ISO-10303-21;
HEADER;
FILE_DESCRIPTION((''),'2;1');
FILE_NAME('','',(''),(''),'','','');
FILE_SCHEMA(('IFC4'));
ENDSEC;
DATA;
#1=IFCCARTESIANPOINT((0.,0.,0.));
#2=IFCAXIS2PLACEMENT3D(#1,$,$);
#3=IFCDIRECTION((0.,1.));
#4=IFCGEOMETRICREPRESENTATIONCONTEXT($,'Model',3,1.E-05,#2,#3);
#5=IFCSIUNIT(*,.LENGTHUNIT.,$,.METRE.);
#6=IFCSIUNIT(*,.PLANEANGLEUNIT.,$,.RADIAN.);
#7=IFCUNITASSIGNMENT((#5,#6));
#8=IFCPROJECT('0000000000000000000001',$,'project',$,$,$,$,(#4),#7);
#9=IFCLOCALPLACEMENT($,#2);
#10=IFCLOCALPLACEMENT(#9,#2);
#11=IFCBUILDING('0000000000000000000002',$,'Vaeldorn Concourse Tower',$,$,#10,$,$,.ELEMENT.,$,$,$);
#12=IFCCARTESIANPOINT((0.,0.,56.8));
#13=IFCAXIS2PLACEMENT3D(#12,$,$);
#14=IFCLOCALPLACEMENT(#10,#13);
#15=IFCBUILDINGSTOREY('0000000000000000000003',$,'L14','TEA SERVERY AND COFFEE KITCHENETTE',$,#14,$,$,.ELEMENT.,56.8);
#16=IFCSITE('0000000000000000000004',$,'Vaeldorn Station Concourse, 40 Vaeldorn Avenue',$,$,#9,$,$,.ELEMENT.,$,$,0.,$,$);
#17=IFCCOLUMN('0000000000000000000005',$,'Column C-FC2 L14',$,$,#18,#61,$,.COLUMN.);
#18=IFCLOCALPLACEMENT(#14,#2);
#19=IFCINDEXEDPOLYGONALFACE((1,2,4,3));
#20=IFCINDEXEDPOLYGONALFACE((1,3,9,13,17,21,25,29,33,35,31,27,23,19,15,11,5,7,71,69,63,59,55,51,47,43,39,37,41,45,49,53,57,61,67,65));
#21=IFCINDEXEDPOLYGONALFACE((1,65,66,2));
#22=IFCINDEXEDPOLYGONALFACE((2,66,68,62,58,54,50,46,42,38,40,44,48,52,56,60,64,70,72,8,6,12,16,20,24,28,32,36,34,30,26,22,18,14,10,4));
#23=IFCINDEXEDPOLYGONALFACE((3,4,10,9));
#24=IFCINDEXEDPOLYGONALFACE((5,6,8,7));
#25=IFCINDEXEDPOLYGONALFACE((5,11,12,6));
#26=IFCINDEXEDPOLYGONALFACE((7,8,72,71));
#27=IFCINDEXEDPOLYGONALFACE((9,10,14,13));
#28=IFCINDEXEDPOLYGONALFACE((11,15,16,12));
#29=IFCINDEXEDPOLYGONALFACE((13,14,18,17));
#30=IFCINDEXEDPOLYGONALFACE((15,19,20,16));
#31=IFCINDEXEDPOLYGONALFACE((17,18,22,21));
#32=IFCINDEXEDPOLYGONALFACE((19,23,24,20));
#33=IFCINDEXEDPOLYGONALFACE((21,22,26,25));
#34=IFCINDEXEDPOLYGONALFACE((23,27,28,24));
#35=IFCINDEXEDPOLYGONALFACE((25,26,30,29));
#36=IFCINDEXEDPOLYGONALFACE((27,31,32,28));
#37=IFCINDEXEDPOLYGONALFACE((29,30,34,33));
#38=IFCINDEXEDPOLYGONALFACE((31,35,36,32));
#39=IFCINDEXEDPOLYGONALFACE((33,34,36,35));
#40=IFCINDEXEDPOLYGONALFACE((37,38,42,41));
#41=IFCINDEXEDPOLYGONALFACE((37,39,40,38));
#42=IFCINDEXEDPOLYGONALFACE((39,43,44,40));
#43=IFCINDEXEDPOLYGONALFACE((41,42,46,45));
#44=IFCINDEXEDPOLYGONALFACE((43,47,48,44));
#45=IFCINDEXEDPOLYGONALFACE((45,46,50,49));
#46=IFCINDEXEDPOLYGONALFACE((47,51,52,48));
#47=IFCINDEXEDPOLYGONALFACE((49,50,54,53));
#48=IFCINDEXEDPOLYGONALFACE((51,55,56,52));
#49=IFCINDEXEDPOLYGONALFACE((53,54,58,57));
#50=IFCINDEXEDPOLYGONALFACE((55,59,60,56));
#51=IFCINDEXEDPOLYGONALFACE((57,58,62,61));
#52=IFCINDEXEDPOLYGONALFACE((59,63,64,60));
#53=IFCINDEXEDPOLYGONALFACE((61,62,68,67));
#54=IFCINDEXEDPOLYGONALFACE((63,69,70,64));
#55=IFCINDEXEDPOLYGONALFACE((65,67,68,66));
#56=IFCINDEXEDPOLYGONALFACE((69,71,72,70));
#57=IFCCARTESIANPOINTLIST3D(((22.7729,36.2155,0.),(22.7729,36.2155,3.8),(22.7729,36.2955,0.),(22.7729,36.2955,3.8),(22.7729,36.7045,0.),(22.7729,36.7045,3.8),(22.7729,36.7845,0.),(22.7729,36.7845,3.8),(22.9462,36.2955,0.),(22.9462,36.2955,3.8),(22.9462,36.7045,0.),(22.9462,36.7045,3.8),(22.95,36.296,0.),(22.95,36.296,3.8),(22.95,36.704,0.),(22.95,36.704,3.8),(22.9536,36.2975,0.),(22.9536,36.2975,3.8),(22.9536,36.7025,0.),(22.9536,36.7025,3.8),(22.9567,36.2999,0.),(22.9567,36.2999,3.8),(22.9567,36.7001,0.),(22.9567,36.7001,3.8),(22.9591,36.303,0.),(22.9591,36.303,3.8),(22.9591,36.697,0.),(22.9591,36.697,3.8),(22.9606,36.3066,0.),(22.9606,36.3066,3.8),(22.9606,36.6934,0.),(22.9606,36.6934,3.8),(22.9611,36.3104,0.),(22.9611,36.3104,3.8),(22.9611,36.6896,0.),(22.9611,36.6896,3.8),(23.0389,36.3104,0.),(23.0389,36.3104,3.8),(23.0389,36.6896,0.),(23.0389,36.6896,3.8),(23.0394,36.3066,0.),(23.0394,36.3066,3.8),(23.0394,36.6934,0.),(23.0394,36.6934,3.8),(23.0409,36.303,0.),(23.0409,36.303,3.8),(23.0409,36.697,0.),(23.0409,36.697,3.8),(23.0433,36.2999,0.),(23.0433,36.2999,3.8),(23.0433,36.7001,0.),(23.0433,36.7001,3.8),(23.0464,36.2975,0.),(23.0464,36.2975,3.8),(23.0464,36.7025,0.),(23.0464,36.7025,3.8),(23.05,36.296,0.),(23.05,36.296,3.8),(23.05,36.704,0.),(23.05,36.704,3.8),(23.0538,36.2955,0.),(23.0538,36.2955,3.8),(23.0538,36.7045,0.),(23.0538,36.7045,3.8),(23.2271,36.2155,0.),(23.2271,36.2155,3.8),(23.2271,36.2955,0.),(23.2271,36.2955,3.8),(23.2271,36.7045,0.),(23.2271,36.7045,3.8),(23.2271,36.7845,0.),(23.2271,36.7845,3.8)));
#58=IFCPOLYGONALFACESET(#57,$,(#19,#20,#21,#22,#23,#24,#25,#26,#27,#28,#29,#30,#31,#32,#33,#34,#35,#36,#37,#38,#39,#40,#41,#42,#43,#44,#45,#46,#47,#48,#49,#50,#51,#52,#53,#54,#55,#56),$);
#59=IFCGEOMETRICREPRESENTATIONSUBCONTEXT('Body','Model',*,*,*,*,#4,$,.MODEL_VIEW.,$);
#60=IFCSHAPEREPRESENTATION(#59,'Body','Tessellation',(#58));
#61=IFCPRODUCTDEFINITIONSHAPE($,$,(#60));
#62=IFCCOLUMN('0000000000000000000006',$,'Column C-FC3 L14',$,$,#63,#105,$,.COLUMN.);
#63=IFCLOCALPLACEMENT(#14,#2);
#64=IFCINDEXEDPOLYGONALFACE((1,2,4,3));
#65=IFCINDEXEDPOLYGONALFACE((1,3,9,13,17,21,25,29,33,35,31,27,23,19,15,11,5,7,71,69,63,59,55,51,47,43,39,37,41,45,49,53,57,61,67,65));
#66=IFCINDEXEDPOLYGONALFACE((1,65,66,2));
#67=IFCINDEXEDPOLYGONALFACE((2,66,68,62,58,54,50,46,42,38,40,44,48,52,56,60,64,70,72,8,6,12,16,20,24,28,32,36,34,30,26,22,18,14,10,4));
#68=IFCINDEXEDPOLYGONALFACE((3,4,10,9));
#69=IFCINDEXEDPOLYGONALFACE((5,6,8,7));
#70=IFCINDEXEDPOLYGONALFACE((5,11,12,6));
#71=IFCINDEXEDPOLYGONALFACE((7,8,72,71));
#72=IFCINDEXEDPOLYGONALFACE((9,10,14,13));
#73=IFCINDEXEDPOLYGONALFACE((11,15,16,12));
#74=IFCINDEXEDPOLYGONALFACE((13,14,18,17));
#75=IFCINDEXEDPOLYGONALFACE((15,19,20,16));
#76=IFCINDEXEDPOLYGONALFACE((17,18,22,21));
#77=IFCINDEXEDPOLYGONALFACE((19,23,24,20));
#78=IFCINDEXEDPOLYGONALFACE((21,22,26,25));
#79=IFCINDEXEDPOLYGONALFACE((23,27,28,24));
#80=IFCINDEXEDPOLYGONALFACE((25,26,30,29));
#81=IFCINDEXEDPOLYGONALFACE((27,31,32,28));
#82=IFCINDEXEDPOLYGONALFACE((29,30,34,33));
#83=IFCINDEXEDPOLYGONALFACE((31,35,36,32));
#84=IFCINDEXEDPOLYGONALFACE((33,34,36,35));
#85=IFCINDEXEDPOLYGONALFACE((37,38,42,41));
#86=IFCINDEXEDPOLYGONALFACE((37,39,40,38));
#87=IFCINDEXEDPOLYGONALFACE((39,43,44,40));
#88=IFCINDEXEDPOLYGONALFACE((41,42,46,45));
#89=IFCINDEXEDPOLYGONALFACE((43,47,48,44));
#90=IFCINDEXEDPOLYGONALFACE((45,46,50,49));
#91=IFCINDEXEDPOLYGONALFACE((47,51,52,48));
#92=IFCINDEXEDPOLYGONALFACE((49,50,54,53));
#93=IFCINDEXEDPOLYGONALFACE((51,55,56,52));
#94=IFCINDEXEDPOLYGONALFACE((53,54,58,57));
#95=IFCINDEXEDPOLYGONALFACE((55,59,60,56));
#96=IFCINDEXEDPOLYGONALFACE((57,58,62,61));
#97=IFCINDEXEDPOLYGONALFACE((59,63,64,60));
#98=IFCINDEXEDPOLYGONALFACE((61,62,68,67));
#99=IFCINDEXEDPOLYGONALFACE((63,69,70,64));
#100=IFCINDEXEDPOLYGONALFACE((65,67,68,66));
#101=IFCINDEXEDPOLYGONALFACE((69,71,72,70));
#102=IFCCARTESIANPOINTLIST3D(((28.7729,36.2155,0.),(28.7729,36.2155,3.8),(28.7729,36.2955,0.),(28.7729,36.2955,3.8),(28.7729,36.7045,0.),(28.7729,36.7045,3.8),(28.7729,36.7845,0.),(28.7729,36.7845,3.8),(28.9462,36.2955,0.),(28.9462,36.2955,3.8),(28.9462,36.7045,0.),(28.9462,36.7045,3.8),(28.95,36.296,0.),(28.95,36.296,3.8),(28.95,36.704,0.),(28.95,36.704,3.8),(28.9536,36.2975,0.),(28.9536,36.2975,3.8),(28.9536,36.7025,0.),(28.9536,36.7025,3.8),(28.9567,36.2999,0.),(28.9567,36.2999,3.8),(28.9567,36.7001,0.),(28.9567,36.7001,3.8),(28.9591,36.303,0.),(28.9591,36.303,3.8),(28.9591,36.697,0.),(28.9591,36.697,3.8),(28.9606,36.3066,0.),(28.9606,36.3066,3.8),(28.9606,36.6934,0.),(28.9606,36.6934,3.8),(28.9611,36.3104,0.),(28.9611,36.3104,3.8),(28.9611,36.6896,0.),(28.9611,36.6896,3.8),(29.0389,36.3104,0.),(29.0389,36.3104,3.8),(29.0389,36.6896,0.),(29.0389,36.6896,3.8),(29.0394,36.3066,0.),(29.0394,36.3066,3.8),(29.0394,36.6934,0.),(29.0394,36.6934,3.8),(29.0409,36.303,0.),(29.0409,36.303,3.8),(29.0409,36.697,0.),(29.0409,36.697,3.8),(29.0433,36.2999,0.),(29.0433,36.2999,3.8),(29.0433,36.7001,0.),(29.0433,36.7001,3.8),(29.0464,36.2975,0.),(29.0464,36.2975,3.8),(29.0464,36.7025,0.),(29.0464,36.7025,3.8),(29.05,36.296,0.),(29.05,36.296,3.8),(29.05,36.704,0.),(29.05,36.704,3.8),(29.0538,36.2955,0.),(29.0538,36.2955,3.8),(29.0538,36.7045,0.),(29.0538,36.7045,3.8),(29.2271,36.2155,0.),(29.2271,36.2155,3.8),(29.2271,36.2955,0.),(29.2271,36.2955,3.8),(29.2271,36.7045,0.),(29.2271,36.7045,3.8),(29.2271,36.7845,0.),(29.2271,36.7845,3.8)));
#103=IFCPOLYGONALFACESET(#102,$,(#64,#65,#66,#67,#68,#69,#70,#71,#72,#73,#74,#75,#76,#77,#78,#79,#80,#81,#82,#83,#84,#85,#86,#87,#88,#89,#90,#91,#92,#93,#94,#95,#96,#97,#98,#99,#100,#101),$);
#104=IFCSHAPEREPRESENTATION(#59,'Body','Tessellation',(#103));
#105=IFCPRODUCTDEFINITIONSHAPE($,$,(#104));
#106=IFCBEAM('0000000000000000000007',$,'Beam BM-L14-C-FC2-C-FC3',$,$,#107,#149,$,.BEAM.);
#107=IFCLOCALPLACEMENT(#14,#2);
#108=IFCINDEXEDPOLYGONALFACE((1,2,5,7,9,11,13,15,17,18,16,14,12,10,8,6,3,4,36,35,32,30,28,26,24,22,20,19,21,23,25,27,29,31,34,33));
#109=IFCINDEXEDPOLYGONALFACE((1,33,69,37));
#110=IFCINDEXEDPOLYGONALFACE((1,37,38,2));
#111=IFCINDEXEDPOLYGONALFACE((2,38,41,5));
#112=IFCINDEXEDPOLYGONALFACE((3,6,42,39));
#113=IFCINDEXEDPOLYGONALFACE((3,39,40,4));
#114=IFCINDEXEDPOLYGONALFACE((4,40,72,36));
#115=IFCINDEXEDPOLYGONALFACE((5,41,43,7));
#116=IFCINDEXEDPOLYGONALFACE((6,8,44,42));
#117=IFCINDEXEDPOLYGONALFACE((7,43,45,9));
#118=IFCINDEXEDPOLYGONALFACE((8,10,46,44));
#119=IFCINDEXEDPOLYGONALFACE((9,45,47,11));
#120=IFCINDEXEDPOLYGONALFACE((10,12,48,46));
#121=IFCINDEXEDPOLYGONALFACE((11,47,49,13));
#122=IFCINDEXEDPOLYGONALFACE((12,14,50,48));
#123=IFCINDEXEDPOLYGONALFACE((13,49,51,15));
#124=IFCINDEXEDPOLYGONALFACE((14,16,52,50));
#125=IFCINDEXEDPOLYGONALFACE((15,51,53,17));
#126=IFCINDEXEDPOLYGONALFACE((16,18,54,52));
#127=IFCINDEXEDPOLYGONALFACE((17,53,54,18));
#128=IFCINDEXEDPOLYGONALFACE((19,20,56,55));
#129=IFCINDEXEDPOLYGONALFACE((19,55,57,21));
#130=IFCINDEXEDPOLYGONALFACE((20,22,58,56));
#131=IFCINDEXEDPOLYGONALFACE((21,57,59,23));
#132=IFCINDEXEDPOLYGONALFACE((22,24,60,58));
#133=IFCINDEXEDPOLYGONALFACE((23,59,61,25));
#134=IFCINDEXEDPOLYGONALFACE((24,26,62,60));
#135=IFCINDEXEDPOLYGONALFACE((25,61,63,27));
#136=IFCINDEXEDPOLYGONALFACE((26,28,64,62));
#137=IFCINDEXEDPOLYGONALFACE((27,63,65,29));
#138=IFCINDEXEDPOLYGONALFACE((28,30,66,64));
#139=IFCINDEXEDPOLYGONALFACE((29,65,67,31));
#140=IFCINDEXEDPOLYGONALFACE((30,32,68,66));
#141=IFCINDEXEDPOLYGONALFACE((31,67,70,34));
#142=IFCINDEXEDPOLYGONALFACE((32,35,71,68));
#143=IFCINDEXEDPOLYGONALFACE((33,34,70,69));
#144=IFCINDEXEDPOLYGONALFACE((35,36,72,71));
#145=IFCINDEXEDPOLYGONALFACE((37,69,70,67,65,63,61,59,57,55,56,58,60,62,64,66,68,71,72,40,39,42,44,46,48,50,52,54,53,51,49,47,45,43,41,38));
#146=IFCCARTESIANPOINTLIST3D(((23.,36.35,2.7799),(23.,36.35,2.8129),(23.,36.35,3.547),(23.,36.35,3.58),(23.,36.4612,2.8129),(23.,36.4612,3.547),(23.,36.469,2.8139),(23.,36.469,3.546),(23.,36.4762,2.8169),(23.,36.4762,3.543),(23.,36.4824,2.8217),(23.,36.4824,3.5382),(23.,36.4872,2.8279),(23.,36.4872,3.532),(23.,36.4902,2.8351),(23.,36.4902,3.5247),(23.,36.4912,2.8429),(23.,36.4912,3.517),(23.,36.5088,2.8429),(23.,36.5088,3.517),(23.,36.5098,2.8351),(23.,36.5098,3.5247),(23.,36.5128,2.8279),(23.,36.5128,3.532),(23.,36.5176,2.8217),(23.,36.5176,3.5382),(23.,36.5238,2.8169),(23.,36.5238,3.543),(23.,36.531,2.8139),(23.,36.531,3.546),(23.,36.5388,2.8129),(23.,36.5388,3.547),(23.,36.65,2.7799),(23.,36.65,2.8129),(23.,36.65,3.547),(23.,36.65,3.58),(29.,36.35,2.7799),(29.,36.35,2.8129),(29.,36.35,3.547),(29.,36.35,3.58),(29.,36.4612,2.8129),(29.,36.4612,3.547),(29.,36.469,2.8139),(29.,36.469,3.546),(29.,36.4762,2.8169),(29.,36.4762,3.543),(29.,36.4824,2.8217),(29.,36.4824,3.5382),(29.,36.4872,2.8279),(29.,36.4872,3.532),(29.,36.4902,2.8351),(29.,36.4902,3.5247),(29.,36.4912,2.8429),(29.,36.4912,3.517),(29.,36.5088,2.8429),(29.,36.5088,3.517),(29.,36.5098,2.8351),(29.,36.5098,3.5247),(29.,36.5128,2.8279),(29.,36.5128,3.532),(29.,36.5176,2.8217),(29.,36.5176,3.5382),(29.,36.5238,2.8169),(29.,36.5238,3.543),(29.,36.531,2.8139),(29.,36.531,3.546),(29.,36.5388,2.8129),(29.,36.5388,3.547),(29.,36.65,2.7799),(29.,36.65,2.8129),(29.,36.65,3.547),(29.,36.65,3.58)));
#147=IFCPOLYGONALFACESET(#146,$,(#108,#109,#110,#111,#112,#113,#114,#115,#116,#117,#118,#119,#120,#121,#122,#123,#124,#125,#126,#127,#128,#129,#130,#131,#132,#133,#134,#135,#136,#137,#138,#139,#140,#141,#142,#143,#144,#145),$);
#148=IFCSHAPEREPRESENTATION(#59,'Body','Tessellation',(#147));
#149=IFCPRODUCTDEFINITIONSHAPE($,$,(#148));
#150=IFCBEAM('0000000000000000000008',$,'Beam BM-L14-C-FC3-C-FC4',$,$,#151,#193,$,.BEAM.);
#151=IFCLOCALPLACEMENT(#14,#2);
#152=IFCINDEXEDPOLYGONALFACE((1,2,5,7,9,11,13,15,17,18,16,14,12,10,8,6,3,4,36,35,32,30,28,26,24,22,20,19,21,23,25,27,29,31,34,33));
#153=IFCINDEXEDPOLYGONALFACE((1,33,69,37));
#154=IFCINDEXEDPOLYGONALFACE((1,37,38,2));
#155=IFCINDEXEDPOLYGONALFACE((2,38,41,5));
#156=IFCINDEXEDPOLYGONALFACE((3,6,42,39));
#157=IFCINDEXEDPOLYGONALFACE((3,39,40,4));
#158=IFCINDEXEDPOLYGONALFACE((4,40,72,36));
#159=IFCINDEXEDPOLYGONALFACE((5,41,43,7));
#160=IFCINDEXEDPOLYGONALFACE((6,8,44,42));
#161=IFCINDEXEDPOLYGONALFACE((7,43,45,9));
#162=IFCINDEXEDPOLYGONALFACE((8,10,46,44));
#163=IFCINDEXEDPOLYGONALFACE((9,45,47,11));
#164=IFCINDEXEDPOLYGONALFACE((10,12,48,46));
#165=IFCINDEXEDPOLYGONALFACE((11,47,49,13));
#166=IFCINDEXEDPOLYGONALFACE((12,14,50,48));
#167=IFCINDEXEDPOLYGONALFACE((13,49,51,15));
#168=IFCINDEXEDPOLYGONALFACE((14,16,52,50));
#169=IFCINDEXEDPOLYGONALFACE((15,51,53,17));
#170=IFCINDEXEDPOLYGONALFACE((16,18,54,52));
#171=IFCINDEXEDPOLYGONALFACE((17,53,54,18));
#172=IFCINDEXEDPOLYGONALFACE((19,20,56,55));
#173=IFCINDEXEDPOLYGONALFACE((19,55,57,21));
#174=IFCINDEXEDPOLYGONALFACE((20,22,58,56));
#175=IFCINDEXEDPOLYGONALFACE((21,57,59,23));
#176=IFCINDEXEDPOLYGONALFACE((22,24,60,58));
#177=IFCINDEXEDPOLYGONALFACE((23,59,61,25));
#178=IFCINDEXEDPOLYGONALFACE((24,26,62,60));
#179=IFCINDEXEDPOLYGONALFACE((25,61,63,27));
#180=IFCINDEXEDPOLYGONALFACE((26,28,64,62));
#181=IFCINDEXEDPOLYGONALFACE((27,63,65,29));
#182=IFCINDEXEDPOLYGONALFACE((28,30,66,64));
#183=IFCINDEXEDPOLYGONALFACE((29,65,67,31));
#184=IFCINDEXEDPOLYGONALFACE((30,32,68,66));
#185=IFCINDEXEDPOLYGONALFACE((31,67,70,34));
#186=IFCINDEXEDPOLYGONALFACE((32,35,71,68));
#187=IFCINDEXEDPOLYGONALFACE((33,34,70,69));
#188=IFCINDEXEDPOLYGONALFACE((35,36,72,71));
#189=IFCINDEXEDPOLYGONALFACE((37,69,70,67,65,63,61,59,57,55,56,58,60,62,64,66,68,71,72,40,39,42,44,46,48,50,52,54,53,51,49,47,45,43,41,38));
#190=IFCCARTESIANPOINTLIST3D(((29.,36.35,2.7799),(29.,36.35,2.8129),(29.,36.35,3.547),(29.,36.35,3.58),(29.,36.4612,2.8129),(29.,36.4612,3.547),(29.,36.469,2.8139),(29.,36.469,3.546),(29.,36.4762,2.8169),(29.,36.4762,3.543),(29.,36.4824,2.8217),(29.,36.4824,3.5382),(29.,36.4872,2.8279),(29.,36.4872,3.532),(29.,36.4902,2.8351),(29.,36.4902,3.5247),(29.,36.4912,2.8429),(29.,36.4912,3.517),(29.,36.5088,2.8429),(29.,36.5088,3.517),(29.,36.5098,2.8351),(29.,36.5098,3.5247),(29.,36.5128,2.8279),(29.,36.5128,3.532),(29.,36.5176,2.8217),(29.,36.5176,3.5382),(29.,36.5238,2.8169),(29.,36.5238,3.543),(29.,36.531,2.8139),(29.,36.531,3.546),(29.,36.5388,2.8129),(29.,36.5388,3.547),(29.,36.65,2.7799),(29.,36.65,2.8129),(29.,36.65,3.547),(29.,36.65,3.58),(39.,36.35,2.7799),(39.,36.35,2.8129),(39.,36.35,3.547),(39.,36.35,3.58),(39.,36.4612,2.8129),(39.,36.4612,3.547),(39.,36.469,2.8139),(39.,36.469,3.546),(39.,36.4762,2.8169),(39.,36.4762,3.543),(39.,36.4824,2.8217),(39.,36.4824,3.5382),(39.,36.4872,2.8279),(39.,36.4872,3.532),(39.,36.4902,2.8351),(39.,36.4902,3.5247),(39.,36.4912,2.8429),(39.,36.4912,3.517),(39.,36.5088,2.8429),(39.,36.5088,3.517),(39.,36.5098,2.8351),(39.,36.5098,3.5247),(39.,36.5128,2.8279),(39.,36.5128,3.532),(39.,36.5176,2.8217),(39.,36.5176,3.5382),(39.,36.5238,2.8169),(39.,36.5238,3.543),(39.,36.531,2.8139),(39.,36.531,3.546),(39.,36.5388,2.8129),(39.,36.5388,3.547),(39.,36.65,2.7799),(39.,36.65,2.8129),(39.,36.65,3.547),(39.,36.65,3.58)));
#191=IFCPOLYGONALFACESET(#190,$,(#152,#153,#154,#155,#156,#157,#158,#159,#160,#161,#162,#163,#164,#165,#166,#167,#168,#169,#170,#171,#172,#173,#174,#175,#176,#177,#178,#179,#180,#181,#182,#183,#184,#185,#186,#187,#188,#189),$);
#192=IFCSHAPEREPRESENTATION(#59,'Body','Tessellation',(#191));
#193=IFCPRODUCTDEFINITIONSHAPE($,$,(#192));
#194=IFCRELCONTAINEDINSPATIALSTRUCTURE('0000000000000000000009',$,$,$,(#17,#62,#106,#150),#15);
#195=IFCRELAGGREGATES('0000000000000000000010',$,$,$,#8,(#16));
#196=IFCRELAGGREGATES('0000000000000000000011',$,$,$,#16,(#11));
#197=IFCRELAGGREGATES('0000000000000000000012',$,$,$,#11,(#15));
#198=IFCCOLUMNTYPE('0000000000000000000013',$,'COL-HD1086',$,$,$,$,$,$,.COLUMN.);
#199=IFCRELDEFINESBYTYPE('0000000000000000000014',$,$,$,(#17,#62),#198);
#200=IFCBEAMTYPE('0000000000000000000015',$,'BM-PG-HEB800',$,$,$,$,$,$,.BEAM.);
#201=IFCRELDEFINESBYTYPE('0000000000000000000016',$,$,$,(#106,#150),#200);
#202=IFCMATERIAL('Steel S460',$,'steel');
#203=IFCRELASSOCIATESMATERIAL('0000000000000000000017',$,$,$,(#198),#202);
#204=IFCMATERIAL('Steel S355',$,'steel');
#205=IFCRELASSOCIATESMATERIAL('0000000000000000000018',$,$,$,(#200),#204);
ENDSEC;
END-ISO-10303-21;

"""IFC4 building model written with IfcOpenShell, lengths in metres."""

from ifc_helpers import new_model, si_unit, direction, frame, origin, origin_2d, place, context, subcontext, project, spatial, i_section, extrude, source, transform, mapped, material, material_profile, profile_set, type_object, element, save


model = new_model("IFC4")

# Units and contexts
model_context = context("Model", 3, precision=1e-05, world=origin(), true_north=direction((0.0, 1.0)))
body_context = subcontext(model_context, "Body", "Model", "MODEL_VIEW")
ifc_project = project(units=[si_unit("LENGTHUNIT", "METRE"), si_unit("PLANEANGLEUNIT", "RADIAN")], contexts=[model_context])

# Site, building, storey
site_placement = place(None, origin())
site = spatial("IfcSite", under=ifc_project, at=site_placement, Name="Vaeldorn Station Concourse, 40 Vaeldorn Avenue", CompositionType="ELEMENT", RefElevation=0.0)
building_placement = place(site_placement, origin())
building = spatial("IfcBuilding", under=site, at=building_placement, Name="Vaeldorn Concourse Tower", CompositionType="ELEMENT")
storey_placement = place(building_placement, frame((0.0, 0.0, 56.8)))
storey = spatial("IfcBuildingStorey", under=building, at=storey_placement, Name="L14", Description="TEA SERVERY AND COFFEE KITCHENETTE", CompositionType="ELEMENT", Elevation=56.8)

# Columns
ifc_material_1 = material(Name="Steel S460", Category="steel")
ifc_material_profile_1 = material_profile(ifc_material_1, i_section(OverallWidth=0.4541, OverallDepth=0.5691, WebThickness=0.0779, FlangeThickness=0.0801, FilletRadius=0.0149, at=origin_2d()), Name="HD 400x1086")
ifc_profile_set_1 = profile_set([ifc_material_profile_1], Name="Steel S460")
column_type = type_object("IfcColumnType", Name="COL-HD1086", PredefinedType="COLUMN", material=ifc_profile_set_1)
shared_shape_1 = source(origin(), body_context, "Body", "SweptSolid", [
    extrude(i_section(OverallWidth=0.4541, OverallDepth=0.5691, WebThickness=0.0779, FlangeThickness=0.0801, FilletRadius=0.0149, at=origin_2d()), origin(), (0.0, 0.0, 1.0), 3.8),
])
for number, where, z_axis, x_axis, name in (
    (1, (23.0, 36.5, 0.0), (0.0, 0.0, 1.0), (1.0, 0.0, 0.0), "Column C-FC2 L14"),
    (2, (29.0, 36.5, 0.0), (0.0, 0.0, 1.0), (1.0, 0.0, 0.0), "Column C-FC3 L14"),
):
    element("IfcColumn", number, at=place(storey_placement, frame(where, z_axis=z_axis, x_axis=x_axis)), inside=storey, type_object=column_type, Name=name, PredefinedType="COLUMN", context=body_context, shape_type="MappedRepresentation", body=[
        mapped(shared_shape_1, transform((0.0, 0.0, 0.0), scale=1.0)),
    ])

# Beams
ifc_material_2 = material(Name="Steel S355", Category="steel")
ifc_material_profile_2 = material_profile(ifc_material_2, i_section(OverallWidth=0.3, OverallDepth=0.8, WebThickness=0.0176, FlangeThickness=0.033, FilletRadius=0.03, at=origin_2d()), Name="HEB 800")
ifc_profile_set_2 = profile_set([ifc_material_profile_2], Name="Steel S355")
beam_type_1 = type_object("IfcBeamType", Name="BM-PG-HEB800", PredefinedType="BEAM", material=ifc_profile_set_2)
shared_shape_2 = source(origin(), body_context, "Body", "SweptSolid", [
    extrude(i_section(OverallWidth=0.3, OverallDepth=0.8, WebThickness=0.0176, FlangeThickness=0.033, FilletRadius=0.03, at=origin_2d()), origin(), (0.0, 0.0, 1.0), 6.0),
])
beam_1_placement = place(storey_placement, frame((23.0, 36.5, 3.1799), z_axis=(1.0, 0.0, 0.0), x_axis=(0.0, 1.0, 0.0)))
element("IfcBeam", 3, at=beam_1_placement, inside=storey, type_object=beam_type_1, Name="Beam BM-L14-C-FC2-C-FC3", PredefinedType="BEAM", context=body_context, shape_type="MappedRepresentation", body=[
    mapped(shared_shape_2, transform((0.0, 0.0, 0.0), scale=1.0)),
])
shared_shape_3 = source(origin(), body_context, "Body", "SweptSolid", [
    extrude(i_section(OverallWidth=0.3, OverallDepth=0.8, WebThickness=0.0176, FlangeThickness=0.033, FilletRadius=0.03, at=origin_2d()), origin(), (0.0, 0.0, 1.0), 10.0),
])
for number, where, z_axis, x_axis, name in (
    (4, (29.0, 36.5, 3.1799), (1.0, 0.0, 0.0), (0.0, 1.0, 0.0), "Beam BM-L14-C-FC3-C-FC4"),
):
    element("IfcBeam", number, at=place(storey_placement, frame(where, z_axis=z_axis, x_axis=x_axis)), inside=storey, type_object=beam_type_1, Name=name, PredefinedType="BEAM", context=body_context, shape_type="MappedRepresentation", body=[
        mapped(shared_shape_3, transform((0.0, 0.0, 0.0), scale=1.0)),
    ])

save(model, "model.ifc")
